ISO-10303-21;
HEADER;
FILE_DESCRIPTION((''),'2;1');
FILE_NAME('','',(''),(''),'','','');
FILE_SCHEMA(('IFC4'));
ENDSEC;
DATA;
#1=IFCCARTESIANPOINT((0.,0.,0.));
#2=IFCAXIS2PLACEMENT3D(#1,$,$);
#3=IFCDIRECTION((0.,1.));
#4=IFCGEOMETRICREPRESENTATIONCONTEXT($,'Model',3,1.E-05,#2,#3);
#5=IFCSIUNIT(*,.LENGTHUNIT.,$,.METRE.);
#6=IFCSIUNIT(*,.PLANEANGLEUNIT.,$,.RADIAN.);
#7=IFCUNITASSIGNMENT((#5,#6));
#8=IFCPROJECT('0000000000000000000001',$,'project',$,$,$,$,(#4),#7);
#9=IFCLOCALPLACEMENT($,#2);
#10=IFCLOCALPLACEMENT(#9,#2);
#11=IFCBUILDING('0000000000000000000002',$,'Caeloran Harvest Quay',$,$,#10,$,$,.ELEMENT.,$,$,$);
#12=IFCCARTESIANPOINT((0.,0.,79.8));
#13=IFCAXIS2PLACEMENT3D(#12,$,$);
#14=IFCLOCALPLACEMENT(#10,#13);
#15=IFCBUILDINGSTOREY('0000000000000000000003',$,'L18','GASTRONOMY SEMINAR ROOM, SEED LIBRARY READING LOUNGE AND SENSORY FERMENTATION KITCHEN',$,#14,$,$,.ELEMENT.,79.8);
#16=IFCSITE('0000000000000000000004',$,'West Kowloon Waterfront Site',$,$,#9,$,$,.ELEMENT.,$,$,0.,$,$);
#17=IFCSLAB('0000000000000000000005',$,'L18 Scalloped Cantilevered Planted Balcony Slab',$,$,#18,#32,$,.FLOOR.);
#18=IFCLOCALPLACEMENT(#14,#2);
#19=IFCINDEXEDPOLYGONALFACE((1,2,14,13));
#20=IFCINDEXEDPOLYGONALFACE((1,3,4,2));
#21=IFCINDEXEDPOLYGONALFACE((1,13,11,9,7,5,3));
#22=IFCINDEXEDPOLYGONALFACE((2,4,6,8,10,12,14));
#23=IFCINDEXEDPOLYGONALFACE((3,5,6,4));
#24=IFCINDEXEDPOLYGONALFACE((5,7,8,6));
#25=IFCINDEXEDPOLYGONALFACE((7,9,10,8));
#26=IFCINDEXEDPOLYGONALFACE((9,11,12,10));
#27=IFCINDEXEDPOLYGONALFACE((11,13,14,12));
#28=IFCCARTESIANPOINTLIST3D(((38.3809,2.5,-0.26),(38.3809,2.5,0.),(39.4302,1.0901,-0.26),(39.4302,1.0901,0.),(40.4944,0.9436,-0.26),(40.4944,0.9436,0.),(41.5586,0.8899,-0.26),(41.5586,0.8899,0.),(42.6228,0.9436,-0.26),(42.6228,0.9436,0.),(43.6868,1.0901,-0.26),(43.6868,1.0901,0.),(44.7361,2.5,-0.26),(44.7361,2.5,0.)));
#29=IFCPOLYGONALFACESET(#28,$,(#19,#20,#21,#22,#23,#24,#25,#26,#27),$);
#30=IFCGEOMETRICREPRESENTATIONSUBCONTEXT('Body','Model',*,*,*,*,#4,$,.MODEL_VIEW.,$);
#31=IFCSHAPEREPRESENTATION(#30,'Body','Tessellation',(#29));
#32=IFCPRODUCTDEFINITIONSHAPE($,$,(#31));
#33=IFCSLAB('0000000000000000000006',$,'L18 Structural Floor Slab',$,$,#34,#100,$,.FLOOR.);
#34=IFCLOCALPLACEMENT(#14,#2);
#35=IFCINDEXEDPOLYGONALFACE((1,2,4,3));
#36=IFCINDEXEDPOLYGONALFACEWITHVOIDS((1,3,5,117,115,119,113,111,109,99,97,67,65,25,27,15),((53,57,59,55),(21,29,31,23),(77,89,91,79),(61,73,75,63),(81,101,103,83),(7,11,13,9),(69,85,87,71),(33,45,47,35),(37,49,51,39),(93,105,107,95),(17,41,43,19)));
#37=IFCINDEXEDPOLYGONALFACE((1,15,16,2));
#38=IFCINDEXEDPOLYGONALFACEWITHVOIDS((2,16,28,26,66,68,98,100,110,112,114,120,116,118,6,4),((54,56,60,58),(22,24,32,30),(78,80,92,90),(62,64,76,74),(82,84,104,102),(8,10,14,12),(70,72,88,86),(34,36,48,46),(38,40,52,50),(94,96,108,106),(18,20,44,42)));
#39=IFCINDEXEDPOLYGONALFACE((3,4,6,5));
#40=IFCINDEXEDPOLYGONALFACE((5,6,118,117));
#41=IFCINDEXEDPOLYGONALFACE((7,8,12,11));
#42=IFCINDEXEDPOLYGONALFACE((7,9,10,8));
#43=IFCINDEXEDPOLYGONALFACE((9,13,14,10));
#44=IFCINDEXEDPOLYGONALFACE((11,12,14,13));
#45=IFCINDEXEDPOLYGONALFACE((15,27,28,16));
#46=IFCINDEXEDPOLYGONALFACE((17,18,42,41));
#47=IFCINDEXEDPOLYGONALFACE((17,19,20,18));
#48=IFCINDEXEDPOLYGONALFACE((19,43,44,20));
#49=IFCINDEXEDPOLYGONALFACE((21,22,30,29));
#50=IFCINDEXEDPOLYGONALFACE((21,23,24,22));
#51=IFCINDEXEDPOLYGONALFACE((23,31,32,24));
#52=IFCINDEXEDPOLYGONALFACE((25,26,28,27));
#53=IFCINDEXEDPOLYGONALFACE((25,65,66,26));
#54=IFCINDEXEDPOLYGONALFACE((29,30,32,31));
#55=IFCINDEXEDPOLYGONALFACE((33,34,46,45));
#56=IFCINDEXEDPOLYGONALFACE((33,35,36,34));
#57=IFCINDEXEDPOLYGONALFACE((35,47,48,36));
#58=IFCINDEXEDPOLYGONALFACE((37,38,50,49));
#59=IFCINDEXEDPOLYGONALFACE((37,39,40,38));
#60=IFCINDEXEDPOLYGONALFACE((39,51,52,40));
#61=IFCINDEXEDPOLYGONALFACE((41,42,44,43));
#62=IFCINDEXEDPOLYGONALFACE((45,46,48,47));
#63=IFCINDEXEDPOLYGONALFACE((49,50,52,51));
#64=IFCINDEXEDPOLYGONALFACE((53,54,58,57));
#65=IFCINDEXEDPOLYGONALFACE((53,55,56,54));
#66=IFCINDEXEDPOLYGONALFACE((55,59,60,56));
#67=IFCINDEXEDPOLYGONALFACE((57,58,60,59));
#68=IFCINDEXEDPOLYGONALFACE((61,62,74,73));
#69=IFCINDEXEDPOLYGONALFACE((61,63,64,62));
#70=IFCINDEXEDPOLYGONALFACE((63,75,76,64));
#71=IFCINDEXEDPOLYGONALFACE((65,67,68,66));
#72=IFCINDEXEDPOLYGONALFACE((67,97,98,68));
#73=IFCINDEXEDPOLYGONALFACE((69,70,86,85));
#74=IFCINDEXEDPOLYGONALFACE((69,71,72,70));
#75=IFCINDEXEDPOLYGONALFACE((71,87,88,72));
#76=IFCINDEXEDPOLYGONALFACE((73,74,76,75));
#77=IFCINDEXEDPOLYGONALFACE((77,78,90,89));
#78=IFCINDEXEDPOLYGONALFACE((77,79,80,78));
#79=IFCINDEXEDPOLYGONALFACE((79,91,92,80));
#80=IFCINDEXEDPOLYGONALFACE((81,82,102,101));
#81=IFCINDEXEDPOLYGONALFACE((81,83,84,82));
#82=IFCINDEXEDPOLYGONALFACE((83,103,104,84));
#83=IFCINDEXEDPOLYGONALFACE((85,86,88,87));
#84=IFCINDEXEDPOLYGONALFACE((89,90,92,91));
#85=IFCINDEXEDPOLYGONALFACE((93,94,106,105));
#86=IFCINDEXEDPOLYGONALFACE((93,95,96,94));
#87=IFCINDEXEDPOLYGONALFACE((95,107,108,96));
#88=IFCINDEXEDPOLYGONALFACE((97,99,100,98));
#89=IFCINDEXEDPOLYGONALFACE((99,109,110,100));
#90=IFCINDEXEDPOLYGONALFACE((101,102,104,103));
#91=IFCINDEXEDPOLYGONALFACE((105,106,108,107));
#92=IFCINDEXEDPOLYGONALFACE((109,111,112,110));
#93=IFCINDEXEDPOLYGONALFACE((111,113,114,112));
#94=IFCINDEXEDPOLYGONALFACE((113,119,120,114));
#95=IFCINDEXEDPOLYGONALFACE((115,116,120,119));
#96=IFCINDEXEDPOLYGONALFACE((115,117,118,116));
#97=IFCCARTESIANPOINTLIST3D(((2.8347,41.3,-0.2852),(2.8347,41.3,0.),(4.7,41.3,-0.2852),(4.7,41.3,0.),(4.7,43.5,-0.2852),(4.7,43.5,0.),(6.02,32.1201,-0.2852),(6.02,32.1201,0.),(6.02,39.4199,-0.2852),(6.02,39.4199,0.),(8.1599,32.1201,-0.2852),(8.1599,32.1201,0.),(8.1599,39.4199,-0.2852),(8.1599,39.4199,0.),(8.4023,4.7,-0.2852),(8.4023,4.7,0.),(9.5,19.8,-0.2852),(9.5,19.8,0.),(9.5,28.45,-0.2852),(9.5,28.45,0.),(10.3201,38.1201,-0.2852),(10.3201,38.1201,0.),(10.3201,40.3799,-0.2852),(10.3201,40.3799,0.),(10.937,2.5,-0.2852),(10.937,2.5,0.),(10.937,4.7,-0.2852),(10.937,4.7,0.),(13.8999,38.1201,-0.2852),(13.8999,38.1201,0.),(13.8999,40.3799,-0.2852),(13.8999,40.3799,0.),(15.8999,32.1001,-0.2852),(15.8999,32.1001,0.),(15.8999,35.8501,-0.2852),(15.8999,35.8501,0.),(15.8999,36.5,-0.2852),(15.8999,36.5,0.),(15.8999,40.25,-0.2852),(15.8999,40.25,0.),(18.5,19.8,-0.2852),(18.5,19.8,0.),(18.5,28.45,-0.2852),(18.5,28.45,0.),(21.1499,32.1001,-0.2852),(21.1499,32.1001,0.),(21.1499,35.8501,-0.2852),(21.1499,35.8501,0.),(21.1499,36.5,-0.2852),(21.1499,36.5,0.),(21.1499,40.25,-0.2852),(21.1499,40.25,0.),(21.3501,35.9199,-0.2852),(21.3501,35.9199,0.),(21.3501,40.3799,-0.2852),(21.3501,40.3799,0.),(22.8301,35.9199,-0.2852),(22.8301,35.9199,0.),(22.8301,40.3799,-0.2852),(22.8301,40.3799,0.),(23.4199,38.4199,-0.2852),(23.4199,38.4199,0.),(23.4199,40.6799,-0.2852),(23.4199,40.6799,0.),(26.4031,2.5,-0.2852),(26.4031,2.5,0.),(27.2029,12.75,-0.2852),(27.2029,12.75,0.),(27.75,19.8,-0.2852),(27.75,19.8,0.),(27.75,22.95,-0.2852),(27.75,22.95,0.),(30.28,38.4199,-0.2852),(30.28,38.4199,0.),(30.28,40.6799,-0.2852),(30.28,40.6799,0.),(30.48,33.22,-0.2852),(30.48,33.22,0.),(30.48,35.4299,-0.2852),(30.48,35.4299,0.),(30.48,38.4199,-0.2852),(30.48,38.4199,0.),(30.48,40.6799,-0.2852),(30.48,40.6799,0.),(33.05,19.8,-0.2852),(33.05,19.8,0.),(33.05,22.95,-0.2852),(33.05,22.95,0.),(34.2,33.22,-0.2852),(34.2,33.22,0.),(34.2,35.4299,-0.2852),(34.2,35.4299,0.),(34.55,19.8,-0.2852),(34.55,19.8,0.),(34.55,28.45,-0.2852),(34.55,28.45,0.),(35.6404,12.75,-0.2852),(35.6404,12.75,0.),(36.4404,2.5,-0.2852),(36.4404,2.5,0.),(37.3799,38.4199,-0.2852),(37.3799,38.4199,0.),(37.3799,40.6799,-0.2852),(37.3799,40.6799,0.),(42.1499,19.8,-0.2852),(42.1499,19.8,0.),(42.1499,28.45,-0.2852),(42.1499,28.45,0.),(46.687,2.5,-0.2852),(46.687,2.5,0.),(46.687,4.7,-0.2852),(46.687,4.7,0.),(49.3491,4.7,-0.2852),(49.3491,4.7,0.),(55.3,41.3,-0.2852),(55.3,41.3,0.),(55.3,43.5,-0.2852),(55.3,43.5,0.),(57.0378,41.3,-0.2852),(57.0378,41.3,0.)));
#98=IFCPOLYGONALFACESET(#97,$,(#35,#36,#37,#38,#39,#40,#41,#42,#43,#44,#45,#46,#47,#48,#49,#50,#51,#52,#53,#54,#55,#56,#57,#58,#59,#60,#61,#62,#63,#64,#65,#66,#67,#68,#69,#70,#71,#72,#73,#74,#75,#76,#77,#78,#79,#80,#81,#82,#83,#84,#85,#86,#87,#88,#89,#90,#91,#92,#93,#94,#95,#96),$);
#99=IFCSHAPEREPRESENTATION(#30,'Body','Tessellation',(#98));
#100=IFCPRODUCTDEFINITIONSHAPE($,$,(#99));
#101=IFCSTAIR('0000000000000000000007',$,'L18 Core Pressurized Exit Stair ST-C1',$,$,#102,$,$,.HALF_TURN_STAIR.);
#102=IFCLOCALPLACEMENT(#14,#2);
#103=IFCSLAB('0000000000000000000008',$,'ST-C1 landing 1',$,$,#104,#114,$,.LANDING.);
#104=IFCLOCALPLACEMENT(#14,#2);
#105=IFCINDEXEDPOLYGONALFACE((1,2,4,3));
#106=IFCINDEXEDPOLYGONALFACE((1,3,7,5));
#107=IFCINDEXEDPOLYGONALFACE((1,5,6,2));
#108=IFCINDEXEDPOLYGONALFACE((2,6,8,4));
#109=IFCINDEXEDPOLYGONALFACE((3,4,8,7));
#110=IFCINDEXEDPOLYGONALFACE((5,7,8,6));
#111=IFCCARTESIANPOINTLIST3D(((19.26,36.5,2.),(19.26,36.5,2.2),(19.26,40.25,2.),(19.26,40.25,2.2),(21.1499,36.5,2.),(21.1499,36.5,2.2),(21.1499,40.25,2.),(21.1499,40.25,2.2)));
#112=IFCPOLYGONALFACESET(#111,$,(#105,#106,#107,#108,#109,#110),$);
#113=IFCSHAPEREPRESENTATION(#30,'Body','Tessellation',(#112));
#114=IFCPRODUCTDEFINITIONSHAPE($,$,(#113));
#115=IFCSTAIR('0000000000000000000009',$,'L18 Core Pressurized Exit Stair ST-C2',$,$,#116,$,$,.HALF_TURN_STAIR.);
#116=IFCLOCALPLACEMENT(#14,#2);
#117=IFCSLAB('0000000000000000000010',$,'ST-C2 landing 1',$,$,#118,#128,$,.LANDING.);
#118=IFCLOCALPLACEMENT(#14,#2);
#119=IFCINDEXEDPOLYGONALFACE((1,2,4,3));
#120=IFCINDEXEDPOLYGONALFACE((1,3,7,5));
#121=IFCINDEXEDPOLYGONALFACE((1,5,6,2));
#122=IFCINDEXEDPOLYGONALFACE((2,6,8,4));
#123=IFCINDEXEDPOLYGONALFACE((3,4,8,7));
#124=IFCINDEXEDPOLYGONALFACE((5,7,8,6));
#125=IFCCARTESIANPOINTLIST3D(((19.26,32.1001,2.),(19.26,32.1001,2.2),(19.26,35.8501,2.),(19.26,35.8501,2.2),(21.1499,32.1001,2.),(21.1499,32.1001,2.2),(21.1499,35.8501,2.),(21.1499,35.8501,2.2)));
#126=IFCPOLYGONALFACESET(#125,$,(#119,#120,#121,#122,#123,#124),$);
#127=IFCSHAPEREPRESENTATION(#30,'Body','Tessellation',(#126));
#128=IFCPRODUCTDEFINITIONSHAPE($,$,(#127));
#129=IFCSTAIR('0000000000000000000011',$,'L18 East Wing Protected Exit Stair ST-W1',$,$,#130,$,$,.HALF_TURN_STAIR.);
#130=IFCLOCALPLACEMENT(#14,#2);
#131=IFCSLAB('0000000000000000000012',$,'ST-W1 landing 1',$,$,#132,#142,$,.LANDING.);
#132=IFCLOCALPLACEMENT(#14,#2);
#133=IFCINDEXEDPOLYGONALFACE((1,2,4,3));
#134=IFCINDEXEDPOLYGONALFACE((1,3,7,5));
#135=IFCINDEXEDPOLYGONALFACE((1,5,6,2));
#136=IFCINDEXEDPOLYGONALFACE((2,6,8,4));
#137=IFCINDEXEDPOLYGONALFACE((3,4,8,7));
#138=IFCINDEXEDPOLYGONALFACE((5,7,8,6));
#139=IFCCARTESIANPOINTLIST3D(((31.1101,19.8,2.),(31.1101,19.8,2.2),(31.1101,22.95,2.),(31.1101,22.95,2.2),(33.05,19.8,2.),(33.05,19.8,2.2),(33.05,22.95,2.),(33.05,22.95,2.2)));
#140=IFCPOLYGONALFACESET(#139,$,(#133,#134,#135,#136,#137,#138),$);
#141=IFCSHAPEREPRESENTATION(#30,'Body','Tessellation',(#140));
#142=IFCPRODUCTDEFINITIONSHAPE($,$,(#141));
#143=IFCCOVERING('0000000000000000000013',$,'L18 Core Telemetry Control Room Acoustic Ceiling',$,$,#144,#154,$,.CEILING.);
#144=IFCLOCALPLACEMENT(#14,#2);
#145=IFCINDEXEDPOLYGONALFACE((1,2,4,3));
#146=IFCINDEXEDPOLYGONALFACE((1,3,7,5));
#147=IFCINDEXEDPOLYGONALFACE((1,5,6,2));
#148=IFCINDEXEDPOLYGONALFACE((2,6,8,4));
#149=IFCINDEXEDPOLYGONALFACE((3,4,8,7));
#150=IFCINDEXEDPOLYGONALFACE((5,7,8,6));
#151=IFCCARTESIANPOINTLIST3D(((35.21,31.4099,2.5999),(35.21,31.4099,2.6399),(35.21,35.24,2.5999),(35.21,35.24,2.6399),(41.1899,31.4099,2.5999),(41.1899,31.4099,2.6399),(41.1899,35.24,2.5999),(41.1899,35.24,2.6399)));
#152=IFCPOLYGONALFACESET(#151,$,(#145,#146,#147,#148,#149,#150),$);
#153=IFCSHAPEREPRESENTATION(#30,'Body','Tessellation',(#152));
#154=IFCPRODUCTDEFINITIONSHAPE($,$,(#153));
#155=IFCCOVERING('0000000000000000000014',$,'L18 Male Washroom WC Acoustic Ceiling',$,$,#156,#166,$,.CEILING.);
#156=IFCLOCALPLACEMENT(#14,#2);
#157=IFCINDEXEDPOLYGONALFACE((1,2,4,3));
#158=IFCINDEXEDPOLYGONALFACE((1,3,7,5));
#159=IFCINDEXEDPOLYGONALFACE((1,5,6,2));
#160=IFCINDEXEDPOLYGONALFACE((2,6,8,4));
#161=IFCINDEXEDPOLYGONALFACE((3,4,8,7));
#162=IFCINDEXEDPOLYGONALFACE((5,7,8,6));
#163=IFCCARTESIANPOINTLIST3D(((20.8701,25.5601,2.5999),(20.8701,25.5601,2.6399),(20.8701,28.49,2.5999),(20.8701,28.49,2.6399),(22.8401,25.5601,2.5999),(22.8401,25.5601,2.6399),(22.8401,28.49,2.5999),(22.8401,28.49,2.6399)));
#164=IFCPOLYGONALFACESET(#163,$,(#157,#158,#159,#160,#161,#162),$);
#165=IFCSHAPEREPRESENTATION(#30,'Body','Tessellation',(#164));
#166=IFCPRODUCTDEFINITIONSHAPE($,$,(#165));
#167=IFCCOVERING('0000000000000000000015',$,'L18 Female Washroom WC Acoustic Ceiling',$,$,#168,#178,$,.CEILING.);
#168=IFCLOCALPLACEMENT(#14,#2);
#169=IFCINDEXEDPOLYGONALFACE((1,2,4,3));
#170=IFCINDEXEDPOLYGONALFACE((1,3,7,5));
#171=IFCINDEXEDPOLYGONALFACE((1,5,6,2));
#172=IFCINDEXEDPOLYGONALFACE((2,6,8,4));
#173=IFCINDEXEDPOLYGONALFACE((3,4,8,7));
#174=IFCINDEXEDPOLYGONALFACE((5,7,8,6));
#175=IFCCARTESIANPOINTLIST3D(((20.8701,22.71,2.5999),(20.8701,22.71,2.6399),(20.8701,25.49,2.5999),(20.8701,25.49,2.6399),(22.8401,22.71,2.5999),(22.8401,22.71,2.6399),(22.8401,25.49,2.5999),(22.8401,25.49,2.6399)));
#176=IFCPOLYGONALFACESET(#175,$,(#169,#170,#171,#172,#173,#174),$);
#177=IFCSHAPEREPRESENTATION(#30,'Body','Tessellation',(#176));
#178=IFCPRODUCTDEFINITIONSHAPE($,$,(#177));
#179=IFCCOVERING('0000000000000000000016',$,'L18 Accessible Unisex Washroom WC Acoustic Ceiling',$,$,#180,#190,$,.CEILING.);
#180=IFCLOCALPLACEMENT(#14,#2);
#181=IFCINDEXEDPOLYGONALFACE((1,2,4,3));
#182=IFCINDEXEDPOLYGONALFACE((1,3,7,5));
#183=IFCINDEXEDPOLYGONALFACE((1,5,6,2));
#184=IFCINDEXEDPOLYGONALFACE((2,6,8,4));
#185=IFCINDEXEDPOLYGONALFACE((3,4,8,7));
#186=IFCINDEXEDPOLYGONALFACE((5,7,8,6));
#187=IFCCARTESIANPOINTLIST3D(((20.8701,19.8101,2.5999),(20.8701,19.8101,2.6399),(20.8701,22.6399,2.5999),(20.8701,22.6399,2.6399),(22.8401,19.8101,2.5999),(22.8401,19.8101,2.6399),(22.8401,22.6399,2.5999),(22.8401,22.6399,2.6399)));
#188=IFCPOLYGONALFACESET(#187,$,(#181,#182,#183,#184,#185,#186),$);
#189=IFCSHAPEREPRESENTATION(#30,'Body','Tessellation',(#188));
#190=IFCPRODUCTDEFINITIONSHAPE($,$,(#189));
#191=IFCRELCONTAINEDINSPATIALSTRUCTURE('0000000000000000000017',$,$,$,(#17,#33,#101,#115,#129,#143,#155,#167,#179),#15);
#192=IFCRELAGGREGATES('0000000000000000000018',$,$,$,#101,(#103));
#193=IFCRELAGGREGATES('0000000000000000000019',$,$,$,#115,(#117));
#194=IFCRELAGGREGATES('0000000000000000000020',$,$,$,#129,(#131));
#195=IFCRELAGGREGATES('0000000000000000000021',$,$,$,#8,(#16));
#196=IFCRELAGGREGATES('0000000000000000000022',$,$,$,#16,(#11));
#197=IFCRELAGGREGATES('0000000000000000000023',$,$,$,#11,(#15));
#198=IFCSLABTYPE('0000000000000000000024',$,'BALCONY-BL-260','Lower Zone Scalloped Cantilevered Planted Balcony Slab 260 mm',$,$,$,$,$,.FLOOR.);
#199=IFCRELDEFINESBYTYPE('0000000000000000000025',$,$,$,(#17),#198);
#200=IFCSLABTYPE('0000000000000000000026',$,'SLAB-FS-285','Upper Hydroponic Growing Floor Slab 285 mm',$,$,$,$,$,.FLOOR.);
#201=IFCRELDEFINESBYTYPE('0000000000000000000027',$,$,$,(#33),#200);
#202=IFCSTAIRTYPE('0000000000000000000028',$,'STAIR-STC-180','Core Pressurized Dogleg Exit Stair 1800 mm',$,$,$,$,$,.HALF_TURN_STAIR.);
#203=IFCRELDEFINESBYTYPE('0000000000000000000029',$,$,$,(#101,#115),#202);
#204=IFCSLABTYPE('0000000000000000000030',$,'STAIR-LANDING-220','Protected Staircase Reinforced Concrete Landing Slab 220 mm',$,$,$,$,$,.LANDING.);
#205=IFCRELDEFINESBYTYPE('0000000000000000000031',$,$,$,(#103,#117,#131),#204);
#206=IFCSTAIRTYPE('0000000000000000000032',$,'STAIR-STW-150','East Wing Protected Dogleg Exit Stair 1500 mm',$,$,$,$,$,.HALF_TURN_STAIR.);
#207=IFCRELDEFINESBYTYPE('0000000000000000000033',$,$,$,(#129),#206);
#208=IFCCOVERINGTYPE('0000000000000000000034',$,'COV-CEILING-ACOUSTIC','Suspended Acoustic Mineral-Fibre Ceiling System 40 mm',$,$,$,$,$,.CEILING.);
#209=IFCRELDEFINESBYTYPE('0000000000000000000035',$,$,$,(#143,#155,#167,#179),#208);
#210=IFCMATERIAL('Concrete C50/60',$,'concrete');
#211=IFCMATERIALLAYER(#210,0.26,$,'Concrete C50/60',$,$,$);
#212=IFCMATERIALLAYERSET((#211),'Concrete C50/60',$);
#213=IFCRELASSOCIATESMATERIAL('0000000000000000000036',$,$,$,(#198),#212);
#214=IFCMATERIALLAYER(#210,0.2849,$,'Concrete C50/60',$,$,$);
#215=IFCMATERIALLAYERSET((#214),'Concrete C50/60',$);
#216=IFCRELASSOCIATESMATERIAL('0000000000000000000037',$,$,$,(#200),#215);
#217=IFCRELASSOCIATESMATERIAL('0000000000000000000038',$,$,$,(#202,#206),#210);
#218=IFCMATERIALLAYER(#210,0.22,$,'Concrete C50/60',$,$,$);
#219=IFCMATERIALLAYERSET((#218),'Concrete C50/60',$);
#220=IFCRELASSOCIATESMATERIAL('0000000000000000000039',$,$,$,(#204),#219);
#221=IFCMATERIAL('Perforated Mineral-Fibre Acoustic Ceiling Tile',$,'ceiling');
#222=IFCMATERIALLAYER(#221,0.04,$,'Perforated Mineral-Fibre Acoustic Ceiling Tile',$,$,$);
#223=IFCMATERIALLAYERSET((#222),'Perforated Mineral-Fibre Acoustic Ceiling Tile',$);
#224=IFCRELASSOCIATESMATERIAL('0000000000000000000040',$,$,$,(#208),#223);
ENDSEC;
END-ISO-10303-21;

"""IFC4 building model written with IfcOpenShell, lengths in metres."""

from ifc_helpers import new_model, si_unit, direction, frame, origin, place, context, subcontext, project, spatial, polyline, outline, extrude, material, layer, layer_set, type_object, element, aggregate, save


model = new_model("IFC4")

# Units and contexts
model_context = context("Model", 3, precision=1e-05, world=origin(), true_north=direction((0.0, 1.0)))
body_context = subcontext(model_context, "Body", "Model", "MODEL_VIEW")
ifc_project = project(units=[si_unit("LENGTHUNIT", "METRE"), si_unit("PLANEANGLEUNIT", "RADIAN")], contexts=[model_context])

# Site, building, storey
site_placement = place(None, origin())
site = spatial("IfcSite", under=ifc_project, at=site_placement, Name="West Kowloon Waterfront Site", CompositionType="ELEMENT", RefElevation=0.0)
building_placement = place(site_placement, origin())
building = spatial("IfcBuilding", under=site, at=building_placement, Name="Caeloran Harvest Quay", CompositionType="ELEMENT")
storey_placement = place(building_placement, frame((0.0, 0.0, 79.8)))
storey = spatial("IfcBuildingStorey", under=building, at=storey_placement, Name="L18", Description="GASTRONOMY SEMINAR ROOM, SEED LIBRARY READING LOUNGE AND SENSORY FERMENTATION KITCHEN", CompositionType="ELEMENT", Elevation=79.8)

# Slabs
ifc_material_1 = material(Name="Concrete C50/60", Category="concrete")
ifc_layer_1 = layer(ifc_material_1, 0.26, Name="Concrete C50/60")
ifc_layer_set_1 = layer_set([ifc_layer_1], Name="Concrete C50/60")
slab_type_1 = type_object("IfcSlabType", Name="BALCONY-BL-260", Description="Lower Zone Scalloped Cantilevered Planted Balcony Slab 260 mm", PredefinedType="FLOOR", material=ifc_layer_set_1)
slab_1_placement = place(storey_placement, frame((0.0, 0.0, -0.26)))
element("IfcSlab", 1, at=slab_1_placement, inside=storey, type_object=slab_type_1, Name="L18 Scalloped Cantilevered Planted Balcony Slab", PredefinedType="FLOOR", context=body_context, shape_type="SweptSolid", body=[
    extrude(outline(polyline([(43.6868, 1.0901), (42.6228, 0.9436), (41.5586, 0.8899), (40.4944, 0.9436), (39.4302, 1.0901), (38.3809, 2.5), (44.7361, 2.5), (43.6868, 1.0901)])), origin(), (0.0, 0.0, 1.0), 0.26),
])
ifc_layer_2 = layer(ifc_material_1, 0.2849, Name="Concrete C50/60")
ifc_layer_set_2 = layer_set([ifc_layer_2], Name="Concrete C50/60")
slab_type_2 = type_object("IfcSlabType", Name="SLAB-FS-285", Description="Upper Hydroponic Growing Floor Slab 285 mm", PredefinedType="FLOOR", material=ifc_layer_set_2)
slab_2_placement = place(storey_placement, frame((0.0, 0.0, -0.2852)))
element("IfcSlab", 2, at=slab_2_placement, inside=storey, type_object=slab_type_2, Name="L18 Structural Floor Slab", PredefinedType="FLOOR", context=body_context, shape_type="SweptSolid", body=[
    extrude(outline(polyline([(10.937, 2.5), (26.4031, 2.5), (27.2029, 12.75), (35.6404, 12.75), (36.4404, 2.5), (46.687, 2.5), (46.687, 4.7), (49.3491, 4.7), (57.0378, 41.3), (55.3, 41.3), (55.3, 43.5), (4.7, 43.5), (4.7, 41.3), (2.8347, 41.3), (8.4023, 4.7), (10.937, 4.7), (10.937, 2.5)]), holes=[polyline([(18.5, 19.8), (9.5, 19.8), (9.5, 28.45), (18.5, 28.45), (18.5, 19.8)]), polyline([(15.8999, 32.1001), (15.8999, 35.8501), (21.1499, 35.8501), (21.1499, 32.1001), (15.8999, 32.1001)]), polyline([(8.1599, 32.1201), (6.02, 32.1201), (6.02, 39.4199), (8.1599, 39.4199), (8.1599, 32.1201)]), polyline([(21.3501, 35.9199), (21.3501, 40.3799), (22.8301, 40.3799), (22.8301, 35.9199), (21.3501, 35.9199)]), polyline([(15.8999, 40.25), (21.1499, 40.25), (21.1499, 36.5), (15.8999, 36.5), (15.8999, 40.25)]), polyline([(13.8999, 38.1201), (10.3201, 38.1201), (10.3201, 40.3799), (13.8999, 40.3799), (13.8999, 38.1201)]), polyline([(27.75, 22.95), (33.05, 22.95), (33.05, 19.8), (27.75, 19.8), (27.75, 22.95)]), polyline([(34.55, 19.8), (34.55, 28.45), (42.1499, 28.45), (42.1499, 19.8), (34.55, 19.8)]), polyline([(34.2, 33.22), (30.48, 33.22), (30.48, 35.4299), (34.2, 35.4299), (34.2, 33.22)]), polyline([(23.4199, 38.4199), (23.4199, 40.6799), (30.28, 40.6799), (30.28, 38.4199), (23.4199, 38.4199)]), polyline([(30.48, 38.4199), (30.48, 40.6799), (37.3799, 40.6799), (37.3799, 38.4199), (30.48, 38.4199)])]), origin(), (0.0, 0.0, 1.0), 0.2852),
])

# Stairs, slabs
stair_type_1 = type_object("IfcStairType", Name="STAIR-STC-180", Description="Core Pressurized Dogleg Exit Stair 1800 mm", PredefinedType="HALF_TURN_STAIR", material=ifc_material_1)
stair_1_placement = place(storey_placement, origin())
stair_1 = element("IfcStair", 3, at=stair_1_placement, inside=storey, type_object=stair_type_1, Name="L18 Core Pressurized Exit Stair ST-C1", PredefinedType="HALF_TURN_STAIR")
ifc_layer_3 = layer(ifc_material_1, 0.22, Name="Concrete C50/60")
ifc_layer_set_3 = layer_set([ifc_layer_3], Name="Concrete C50/60")
slab_type_3 = type_object("IfcSlabType", Name="STAIR-LANDING-220", Description="Protected Staircase Reinforced Concrete Landing Slab 220 mm", PredefinedType="LANDING", material=ifc_layer_set_3)
slab_3_placement = place(storey_placement, frame((0.0, 0.0, 2.0)))
slab_3 = element("IfcSlab", 4, at=slab_3_placement, type_object=slab_type_3, Name="ST-C1 landing 1", PredefinedType="LANDING", context=body_context, shape_type="SweptSolid", body=[
    extrude(outline(polyline([(19.26, 36.5), (21.1499, 36.5), (21.1499, 40.25), (19.26, 40.25), (19.26, 36.5)])), origin(), (0.0, 0.0, 1.0), 0.2),
])
aggregate(stair_1, [slab_3])
stair_2_placement = place(storey_placement, origin())
stair_2 = element("IfcStair", 5, at=stair_2_placement, inside=storey, type_object=stair_type_1, Name="L18 Core Pressurized Exit Stair ST-C2", PredefinedType="HALF_TURN_STAIR")
slab_4_placement = place(storey_placement, frame((0.0, 0.0, 2.0)))
slab_4 = element("IfcSlab", 6, at=slab_4_placement, type_object=slab_type_3, Name="ST-C2 landing 1", PredefinedType="LANDING", context=body_context, shape_type="SweptSolid", body=[
    extrude(outline(polyline([(19.26, 32.1001), (21.1499, 32.1001), (21.1499, 35.8501), (19.26, 35.8501), (19.26, 32.1001)])), origin(), (0.0, 0.0, 1.0), 0.2),
])
aggregate(stair_2, [slab_4])
stair_type_2 = type_object("IfcStairType", Name="STAIR-STW-150", Description="East Wing Protected Dogleg Exit Stair 1500 mm", PredefinedType="HALF_TURN_STAIR", material=ifc_material_1)
stair_3_placement = place(storey_placement, origin())
stair_3 = element("IfcStair", 7, at=stair_3_placement, inside=storey, type_object=stair_type_2, Name="L18 East Wing Protected Exit Stair ST-W1", PredefinedType="HALF_TURN_STAIR")
slab_5_placement = place(storey_placement, frame((0.0, 0.0, 2.0)))
slab_5 = element("IfcSlab", 8, at=slab_5_placement, type_object=slab_type_3, Name="ST-W1 landing 1", PredefinedType="LANDING", context=body_context, shape_type="SweptSolid", body=[
    extrude(outline(polyline([(31.1101, 19.8), (33.05, 19.8), (33.05, 22.95), (31.1101, 22.95), (31.1101, 19.8)])), origin(), (0.0, 0.0, 1.0), 0.2),
])
aggregate(stair_3, [slab_5])

# Coverings
ifc_material_2 = material(Name="Perforated Mineral-Fibre Acoustic Ceiling Tile", Category="ceiling")
ifc_layer_4 = layer(ifc_material_2, 0.04, Name="Perforated Mineral-Fibre Acoustic Ceiling Tile")
ifc_layer_set_4 = layer_set([ifc_layer_4], Name="Perforated Mineral-Fibre Acoustic Ceiling Tile")
covering_type_1 = type_object("IfcCoveringType", Name="COV-CEILING-ACOUSTIC", Description="Suspended Acoustic Mineral-Fibre Ceiling System 40 mm", PredefinedType="CEILING", material=ifc_layer_set_4)
covering_1_placement = place(storey_placement, frame((0.0, 0.0, 2.5999)))
element("IfcCovering", 9, at=covering_1_placement, inside=storey, type_object=covering_type_1, Name="L18 Core Telemetry Control Room Acoustic Ceiling", PredefinedType="CEILING", context=body_context, shape_type="SweptSolid", body=[
    extrude(outline(polyline([(41.1899, 35.24), (41.1899, 31.4099), (35.21, 31.4099), (35.21, 35.24), (41.1899, 35.24)])), origin(), (0.0, 0.0, 1.0), 0.04),
])
covering_2_placement = place(storey_placement, frame((0.0, 0.0, 2.5999)))
element("IfcCovering", 10, at=covering_2_placement, inside=storey, type_object=covering_type_1, Name="L18 Male Washroom WC Acoustic Ceiling", PredefinedType="CEILING", context=body_context, shape_type="SweptSolid", body=[
    extrude(outline(polyline([(22.8401, 25.5601), (20.8701, 25.5601), (20.8701, 28.49), (22.8401, 28.49), (22.8401, 25.5601)])), origin(), (0.0, 0.0, 1.0), 0.04),
])
covering_3_placement = place(storey_placement, frame((0.0, 0.0, 2.5999)))
element("IfcCovering", 11, at=covering_3_placement, inside=storey, type_object=covering_type_1, Name="L18 Female Washroom WC Acoustic Ceiling", PredefinedType="CEILING", context=body_context, shape_type="SweptSolid", body=[
    extrude(outline(polyline([(22.8401, 22.71), (20.8701, 22.71), (20.8701, 25.49), (22.8401, 25.49), (22.8401, 22.71)])), origin(), (0.0, 0.0, 1.0), 0.04),
])
covering_4_placement = place(storey_placement, frame((0.0, 0.0, 2.5999)))
element("IfcCovering", 12, at=covering_4_placement, inside=storey, type_object=covering_type_1, Name="L18 Accessible Unisex Washroom WC Acoustic Ceiling", PredefinedType="CEILING", context=body_context, shape_type="SweptSolid", body=[
    extrude(outline(polyline([(22.8401, 19.8101), (20.8701, 19.8101), (20.8701, 22.6399), (22.8401, 22.6399), (22.8401, 19.8101)])), origin(), (0.0, 0.0, 1.0), 0.04),
])

save(model, "model.ifc")
